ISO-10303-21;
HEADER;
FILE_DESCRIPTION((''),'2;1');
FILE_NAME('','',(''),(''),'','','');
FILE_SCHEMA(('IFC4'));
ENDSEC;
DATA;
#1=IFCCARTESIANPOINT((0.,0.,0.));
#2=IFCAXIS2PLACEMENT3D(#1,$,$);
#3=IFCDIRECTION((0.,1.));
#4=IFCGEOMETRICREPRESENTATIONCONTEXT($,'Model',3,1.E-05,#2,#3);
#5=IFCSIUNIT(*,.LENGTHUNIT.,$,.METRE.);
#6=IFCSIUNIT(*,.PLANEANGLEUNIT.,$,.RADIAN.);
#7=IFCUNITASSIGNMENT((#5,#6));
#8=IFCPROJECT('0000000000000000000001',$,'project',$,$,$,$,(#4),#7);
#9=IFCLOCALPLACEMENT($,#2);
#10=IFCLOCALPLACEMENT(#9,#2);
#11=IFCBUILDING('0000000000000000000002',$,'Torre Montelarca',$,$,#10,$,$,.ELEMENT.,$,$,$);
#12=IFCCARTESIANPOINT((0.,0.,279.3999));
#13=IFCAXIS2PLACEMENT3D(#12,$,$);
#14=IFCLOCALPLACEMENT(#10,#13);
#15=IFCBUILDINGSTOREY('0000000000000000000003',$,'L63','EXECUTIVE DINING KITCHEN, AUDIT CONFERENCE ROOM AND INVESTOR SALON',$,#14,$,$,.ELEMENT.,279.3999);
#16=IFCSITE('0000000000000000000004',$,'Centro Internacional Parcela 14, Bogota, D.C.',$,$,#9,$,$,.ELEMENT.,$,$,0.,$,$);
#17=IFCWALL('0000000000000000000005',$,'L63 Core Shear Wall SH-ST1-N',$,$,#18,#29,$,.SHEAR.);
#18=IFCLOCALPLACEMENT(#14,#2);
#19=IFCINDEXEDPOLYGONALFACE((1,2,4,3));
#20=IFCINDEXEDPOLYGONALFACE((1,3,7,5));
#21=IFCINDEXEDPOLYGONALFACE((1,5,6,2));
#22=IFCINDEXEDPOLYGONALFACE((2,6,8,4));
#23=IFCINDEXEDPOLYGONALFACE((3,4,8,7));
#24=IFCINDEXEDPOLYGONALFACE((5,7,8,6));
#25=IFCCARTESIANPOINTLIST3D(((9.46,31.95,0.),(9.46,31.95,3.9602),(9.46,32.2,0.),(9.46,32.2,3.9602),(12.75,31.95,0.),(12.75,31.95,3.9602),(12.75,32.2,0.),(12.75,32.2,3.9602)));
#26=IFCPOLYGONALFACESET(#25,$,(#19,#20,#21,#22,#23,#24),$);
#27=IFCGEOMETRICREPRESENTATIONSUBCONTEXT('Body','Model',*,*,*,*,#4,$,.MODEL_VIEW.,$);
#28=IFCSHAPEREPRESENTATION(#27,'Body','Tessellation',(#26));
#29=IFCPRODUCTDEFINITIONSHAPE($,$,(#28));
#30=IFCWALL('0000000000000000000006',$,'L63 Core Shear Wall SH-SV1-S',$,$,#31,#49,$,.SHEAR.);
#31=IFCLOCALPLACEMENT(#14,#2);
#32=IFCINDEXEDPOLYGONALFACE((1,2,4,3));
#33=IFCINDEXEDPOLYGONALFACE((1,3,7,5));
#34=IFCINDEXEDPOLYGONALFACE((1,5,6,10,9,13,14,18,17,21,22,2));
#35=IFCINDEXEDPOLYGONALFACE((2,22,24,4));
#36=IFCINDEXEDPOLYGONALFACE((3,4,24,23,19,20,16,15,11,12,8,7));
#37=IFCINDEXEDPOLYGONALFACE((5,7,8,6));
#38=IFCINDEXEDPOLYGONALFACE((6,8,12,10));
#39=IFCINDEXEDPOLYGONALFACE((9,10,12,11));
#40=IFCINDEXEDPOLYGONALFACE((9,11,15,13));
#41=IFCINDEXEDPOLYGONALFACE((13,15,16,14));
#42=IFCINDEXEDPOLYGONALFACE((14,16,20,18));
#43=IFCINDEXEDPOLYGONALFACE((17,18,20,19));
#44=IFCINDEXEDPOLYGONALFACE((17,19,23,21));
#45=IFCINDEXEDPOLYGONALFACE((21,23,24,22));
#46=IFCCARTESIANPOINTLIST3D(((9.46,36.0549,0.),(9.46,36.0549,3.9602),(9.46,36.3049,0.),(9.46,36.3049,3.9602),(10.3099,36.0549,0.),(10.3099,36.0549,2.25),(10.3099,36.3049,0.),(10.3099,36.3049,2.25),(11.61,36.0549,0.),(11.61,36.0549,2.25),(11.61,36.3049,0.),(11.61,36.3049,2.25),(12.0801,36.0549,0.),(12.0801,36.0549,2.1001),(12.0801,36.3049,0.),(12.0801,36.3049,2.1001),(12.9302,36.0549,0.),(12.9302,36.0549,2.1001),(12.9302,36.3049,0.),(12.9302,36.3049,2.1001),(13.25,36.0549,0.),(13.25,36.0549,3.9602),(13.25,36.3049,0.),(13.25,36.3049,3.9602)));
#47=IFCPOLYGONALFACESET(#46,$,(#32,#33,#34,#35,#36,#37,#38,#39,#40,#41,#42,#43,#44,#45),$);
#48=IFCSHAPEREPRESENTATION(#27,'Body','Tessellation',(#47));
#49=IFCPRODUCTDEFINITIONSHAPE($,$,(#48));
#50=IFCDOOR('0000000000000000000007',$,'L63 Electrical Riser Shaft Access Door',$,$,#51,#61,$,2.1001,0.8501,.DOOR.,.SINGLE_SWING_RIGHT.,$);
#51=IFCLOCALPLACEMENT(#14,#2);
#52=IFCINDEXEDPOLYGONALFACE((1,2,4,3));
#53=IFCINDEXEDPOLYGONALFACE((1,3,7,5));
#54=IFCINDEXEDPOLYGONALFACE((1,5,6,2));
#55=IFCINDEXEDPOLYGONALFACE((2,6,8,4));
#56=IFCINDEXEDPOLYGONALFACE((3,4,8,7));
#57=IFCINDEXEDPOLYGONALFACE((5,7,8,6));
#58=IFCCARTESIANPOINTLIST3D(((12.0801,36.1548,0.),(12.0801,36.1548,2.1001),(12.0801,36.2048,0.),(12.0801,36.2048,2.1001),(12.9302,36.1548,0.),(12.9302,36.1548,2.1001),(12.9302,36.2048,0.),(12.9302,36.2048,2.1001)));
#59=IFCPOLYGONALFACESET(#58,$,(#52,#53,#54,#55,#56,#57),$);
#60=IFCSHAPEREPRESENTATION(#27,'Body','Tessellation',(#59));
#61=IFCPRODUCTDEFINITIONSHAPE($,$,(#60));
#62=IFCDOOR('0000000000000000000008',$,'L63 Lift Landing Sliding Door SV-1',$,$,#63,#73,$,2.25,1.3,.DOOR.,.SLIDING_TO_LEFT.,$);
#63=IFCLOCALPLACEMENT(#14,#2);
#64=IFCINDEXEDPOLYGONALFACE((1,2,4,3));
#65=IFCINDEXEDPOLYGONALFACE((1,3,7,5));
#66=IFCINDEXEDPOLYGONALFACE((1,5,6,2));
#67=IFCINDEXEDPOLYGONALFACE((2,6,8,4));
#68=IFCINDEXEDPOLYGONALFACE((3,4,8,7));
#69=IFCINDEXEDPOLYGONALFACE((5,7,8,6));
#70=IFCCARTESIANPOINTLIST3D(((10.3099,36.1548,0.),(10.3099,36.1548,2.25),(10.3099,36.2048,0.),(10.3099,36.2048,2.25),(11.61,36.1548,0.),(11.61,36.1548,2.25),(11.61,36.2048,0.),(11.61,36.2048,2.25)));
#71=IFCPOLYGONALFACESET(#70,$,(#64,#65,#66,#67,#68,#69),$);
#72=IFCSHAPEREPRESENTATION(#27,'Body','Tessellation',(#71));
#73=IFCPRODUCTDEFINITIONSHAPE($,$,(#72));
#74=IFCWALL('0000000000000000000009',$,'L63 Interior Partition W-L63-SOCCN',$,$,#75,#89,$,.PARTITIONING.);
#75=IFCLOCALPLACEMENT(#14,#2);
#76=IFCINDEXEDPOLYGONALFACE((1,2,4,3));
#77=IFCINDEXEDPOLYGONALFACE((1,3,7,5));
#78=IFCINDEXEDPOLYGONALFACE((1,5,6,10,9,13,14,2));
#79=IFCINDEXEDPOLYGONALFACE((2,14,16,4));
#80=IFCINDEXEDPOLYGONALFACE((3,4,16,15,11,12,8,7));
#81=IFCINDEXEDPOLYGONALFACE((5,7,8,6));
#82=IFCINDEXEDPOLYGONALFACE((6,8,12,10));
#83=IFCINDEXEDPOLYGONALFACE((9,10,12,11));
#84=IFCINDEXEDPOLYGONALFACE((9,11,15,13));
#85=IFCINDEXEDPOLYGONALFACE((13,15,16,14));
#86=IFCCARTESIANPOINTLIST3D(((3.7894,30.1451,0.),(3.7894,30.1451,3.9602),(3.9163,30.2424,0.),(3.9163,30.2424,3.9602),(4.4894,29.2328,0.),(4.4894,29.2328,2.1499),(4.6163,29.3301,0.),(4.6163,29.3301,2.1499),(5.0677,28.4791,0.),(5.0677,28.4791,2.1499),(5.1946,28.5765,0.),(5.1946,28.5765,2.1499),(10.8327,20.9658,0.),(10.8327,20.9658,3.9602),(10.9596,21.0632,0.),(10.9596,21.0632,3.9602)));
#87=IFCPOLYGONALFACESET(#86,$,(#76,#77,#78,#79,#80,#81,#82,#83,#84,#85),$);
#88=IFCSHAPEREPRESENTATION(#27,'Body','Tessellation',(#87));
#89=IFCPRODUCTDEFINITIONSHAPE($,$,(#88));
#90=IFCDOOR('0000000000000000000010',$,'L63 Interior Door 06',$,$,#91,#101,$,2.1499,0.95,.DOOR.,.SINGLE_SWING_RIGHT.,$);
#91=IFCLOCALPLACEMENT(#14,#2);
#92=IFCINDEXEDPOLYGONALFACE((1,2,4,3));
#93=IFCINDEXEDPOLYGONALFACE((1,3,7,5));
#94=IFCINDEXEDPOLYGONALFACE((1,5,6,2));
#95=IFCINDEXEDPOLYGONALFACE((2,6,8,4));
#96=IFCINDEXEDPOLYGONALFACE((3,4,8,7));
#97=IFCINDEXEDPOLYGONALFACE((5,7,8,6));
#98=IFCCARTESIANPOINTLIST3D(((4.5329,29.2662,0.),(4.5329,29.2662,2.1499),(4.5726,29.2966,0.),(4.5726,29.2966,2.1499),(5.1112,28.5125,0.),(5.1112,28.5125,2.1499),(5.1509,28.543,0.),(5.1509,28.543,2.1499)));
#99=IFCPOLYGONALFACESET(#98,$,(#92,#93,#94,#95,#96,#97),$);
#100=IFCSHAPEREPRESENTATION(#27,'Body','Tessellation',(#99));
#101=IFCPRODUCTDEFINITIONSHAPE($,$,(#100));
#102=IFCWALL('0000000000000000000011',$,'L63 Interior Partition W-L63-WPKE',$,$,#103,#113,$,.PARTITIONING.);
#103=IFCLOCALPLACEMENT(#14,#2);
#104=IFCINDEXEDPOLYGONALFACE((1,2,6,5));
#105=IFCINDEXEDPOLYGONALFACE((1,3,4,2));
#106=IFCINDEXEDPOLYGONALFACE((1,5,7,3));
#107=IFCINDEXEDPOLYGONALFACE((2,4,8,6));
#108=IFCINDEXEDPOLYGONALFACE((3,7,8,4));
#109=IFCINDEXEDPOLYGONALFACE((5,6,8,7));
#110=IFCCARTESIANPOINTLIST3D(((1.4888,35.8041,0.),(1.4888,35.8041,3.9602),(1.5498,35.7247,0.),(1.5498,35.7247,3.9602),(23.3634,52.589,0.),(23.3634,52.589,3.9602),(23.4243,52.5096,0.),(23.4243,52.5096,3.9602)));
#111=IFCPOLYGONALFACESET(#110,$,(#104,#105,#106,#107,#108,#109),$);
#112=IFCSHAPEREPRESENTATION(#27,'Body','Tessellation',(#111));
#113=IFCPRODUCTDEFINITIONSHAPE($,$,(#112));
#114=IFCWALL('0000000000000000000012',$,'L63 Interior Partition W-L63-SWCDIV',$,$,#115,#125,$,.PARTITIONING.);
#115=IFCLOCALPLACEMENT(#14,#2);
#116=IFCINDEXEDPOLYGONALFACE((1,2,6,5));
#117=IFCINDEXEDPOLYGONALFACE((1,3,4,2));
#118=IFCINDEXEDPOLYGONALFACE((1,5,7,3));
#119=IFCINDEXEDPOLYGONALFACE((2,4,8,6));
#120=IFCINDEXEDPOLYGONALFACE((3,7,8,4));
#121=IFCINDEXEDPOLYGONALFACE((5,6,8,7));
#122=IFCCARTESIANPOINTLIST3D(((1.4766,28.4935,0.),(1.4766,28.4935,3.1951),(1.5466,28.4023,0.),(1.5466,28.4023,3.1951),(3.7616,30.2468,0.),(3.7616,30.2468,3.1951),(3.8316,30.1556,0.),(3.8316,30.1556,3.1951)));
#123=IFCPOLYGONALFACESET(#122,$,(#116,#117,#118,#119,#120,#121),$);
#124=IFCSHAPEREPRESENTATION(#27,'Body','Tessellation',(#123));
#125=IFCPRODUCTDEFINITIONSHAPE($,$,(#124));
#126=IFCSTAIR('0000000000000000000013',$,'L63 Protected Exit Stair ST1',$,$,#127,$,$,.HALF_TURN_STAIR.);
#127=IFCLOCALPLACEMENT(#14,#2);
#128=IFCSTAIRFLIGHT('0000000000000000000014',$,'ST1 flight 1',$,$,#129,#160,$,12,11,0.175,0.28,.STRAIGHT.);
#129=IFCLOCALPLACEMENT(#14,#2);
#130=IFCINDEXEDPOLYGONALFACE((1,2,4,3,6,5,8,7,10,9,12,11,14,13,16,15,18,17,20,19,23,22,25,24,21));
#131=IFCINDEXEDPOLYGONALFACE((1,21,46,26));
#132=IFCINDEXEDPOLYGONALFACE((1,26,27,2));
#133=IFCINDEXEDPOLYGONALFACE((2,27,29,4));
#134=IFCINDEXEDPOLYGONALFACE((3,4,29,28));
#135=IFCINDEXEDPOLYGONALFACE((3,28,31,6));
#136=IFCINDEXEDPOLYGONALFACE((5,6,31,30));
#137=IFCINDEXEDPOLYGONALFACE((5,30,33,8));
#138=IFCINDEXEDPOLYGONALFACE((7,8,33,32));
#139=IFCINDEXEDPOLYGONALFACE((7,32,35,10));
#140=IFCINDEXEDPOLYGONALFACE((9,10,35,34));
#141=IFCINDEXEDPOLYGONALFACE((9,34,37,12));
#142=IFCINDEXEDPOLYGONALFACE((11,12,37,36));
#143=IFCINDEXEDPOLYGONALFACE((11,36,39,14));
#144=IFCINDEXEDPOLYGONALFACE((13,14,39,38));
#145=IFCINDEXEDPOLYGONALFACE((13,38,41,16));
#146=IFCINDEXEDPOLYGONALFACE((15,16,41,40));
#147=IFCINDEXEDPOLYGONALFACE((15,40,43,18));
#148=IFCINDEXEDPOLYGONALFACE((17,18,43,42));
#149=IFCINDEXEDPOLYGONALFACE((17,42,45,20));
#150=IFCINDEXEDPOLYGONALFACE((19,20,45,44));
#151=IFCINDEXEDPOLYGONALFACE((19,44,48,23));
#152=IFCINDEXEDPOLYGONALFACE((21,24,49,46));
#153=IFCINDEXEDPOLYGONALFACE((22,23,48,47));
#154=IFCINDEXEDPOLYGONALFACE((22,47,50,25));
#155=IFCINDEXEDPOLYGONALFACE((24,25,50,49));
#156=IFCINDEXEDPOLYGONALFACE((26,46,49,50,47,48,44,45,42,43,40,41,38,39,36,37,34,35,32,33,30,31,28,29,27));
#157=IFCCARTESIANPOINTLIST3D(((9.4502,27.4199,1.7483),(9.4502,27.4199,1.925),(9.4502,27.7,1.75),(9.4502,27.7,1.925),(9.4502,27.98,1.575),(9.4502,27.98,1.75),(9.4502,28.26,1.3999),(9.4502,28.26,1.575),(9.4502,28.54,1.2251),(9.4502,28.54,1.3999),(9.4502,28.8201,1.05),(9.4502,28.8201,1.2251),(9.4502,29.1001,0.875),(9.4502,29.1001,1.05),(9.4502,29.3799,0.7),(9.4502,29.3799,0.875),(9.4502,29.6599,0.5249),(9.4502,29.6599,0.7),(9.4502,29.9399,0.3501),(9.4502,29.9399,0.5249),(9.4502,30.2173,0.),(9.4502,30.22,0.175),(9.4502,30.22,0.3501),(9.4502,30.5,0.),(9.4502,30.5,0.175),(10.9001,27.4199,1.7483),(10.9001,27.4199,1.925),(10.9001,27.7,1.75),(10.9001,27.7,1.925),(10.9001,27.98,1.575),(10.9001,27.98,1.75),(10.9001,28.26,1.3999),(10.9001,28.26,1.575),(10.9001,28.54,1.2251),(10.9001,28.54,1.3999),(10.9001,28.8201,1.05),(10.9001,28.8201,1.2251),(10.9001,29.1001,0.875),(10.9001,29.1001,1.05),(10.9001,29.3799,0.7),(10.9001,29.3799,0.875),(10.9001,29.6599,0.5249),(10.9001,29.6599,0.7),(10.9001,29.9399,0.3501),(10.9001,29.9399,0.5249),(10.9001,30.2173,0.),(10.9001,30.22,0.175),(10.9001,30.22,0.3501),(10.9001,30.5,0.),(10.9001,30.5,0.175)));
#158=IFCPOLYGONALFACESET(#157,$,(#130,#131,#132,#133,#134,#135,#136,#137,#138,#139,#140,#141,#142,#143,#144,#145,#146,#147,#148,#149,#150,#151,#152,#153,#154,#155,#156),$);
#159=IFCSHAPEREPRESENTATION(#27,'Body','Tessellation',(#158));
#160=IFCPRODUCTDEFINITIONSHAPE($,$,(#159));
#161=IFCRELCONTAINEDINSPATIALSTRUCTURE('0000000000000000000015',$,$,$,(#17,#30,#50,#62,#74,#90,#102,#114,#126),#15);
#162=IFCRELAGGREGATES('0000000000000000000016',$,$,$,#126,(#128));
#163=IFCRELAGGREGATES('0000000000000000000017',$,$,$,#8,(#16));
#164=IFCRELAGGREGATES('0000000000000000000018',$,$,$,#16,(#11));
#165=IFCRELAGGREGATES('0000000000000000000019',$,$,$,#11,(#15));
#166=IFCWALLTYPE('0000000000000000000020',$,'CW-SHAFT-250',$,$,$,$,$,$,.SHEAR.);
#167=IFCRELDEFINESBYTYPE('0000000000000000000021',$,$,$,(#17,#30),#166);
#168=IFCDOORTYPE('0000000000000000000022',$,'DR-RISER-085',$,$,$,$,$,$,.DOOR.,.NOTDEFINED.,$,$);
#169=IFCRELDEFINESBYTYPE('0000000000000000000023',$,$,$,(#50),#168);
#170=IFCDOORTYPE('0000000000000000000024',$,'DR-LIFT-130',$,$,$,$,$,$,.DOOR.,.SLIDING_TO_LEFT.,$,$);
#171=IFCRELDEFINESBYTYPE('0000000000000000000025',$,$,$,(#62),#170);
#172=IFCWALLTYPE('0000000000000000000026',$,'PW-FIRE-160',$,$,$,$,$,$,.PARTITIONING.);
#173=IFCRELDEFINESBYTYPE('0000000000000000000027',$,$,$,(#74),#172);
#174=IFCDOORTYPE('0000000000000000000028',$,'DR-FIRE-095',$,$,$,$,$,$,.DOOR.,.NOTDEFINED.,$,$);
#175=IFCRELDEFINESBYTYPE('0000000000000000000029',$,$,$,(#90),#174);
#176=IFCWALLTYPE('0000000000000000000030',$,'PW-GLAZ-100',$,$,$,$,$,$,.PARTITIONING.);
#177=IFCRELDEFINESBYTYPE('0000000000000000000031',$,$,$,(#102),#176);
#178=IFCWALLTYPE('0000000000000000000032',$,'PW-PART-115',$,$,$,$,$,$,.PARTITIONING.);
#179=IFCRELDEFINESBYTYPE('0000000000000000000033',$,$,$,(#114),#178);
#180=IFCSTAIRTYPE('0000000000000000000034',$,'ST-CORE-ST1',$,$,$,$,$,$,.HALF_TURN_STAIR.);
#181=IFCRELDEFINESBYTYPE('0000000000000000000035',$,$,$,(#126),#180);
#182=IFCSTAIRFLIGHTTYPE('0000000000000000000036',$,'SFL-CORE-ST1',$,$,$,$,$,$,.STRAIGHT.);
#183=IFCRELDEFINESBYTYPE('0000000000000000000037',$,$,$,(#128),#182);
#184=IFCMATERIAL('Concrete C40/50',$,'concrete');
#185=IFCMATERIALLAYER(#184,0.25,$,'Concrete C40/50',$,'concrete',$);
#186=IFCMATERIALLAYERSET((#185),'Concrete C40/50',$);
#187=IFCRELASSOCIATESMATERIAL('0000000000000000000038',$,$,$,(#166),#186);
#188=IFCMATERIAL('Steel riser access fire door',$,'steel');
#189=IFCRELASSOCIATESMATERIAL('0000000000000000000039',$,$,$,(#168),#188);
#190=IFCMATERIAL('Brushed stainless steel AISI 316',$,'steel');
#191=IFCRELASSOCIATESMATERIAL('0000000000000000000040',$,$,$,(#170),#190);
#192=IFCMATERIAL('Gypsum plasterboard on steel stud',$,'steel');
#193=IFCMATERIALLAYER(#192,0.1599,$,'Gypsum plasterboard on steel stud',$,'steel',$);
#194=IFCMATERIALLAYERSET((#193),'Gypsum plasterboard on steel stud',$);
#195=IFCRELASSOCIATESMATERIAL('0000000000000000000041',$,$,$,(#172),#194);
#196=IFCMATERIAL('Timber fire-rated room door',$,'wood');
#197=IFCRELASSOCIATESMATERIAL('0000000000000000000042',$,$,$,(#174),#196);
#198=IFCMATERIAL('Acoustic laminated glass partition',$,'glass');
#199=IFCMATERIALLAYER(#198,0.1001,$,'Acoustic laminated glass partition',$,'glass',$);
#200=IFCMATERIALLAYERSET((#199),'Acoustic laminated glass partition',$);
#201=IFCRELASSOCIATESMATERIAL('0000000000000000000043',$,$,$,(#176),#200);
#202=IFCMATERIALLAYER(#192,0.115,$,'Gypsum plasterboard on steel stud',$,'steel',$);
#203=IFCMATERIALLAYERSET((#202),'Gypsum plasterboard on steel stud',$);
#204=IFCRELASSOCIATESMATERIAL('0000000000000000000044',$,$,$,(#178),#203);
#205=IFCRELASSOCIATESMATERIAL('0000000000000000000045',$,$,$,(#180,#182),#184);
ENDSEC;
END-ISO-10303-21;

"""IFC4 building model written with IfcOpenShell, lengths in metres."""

from ifc_helpers import new_model, si_unit, direction, frame, frame_2d, origin, place, context, subcontext, project, spatial, polyline, rectangle, outline, extrude, source, transform, mapped, material, layer, layer_set, type_object, element, fill, aggregate, save


model = new_model("IFC4")

# Units and contexts
model_context = context("Model", 3, precision=1e-05, world=origin(), true_north=direction((0.0, 1.0)))
body_context = subcontext(model_context, "Body", "Model", "MODEL_VIEW")
ifc_project = project(units=[si_unit("LENGTHUNIT", "METRE"), si_unit("PLANEANGLEUNIT", "RADIAN")], contexts=[model_context])

# Site, building, storey
site_placement = place(None, origin())
site = spatial("IfcSite", under=ifc_project, at=site_placement, Name="Centro Internacional Parcela 14, Bogota, D.C.", CompositionType="ELEMENT", RefElevation=0.0)
building_placement = place(site_placement, origin())
building = spatial("IfcBuilding", under=site, at=building_placement, Name="Torre Montelarca", CompositionType="ELEMENT")
storey_placement = place(building_placement, frame((0.0, 0.0, 279.3999)))
storey = spatial("IfcBuildingStorey", under=building, at=storey_placement, Name="L63", Description="EXECUTIVE DINING KITCHEN, AUDIT CONFERENCE ROOM AND INVESTOR SALON", CompositionType="ELEMENT", Elevation=279.3999)

# Wall
ifc_material_1 = material(Name="Concrete C40/50", Category="concrete")
ifc_layer_1 = layer(ifc_material_1, 0.25, Name="Concrete C40/50", Category="concrete")
ifc_layer_set_1 = layer_set([ifc_layer_1], Name="Concrete C40/50")
wall_type_1 = type_object("IfcWallType", Name="CW-SHAFT-250", PredefinedType="SHEAR", material=ifc_layer_set_1)
wall_1_placement = place(storey_placement, frame((9.46, 32.075, 0.0), z_axis=(0.0, 0.0, 1.0), x_axis=(1.0, 0.0, 0.0)))
element("IfcWall", 1, at=wall_1_placement, inside=storey, type_object=wall_type_1, Name="L63 Core Shear Wall SH-ST1-N", PredefinedType="SHEAR", context=body_context, shape_type="SweptSolid", body=[
    extrude(rectangle(XDim=3.29, YDim=0.25, at=frame_2d((1.645, 0.0))), origin(), (0.0, 0.0, 1.0), 3.9602),
])

# Wall, openings, doors
wall_2_placement = place(storey_placement, frame((9.46, 36.1799, 0.0), z_axis=(0.0, 0.0, 1.0), x_axis=(1.0, 0.0, 0.0)))
wall_2 = element("IfcWall", 2, at=wall_2_placement, inside=storey, type_object=wall_type_1, Name="L63 Core Shear Wall SH-SV1-S", PredefinedType="SHEAR", context=body_context, shape_type="SweptSolid", body=[
    extrude(rectangle(XDim=3.79, YDim=0.25, at=frame_2d((1.895, 0.0))), origin(), (0.0, 0.0, 1.0), 3.9602),
])
opening_1_placement = place(wall_2_placement, frame((2.6201, 0.0, 0.0)))
opening_1 = element("IfcOpeningElement", 3, at=opening_1_placement, cuts=wall_2, PredefinedType="OPENING", context=body_context, shape_type="SweptSolid", body=[
    extrude(rectangle(XDim=0.8501, YDim=2.1001, at=frame_2d((0.425, 1.05))), frame((0.0, 0.135, 0.0), z_axis=(0.0, -1.0, 0.0), x_axis=(1.0, 0.0, 0.0)), (0.0, 0.0, 1.0), 0.27),
])
opening_2_placement = place(wall_2_placement, frame((0.8501, 0.0, 0.0)))
opening_2 = element("IfcOpeningElement", 4, at=opening_2_placement, cuts=wall_2, PredefinedType="OPENING", context=body_context, shape_type="SweptSolid", body=[
    extrude(rectangle(XDim=1.3, YDim=2.25, at=frame_2d((0.6499, 1.125))), frame((0.0, 0.135, 0.0), z_axis=(0.0, -1.0, 0.0), x_axis=(1.0, 0.0, 0.0)), (0.0, 0.0, 1.0), 0.27),
])
ifc_material_2 = material(Name="Steel riser access fire door", Category="steel")
door_type_1 = type_object("IfcDoorType", Name="DR-RISER-085", OperationType="NOTDEFINED", PredefinedType="DOOR", material=ifc_material_2)
shared_shape_1 = source(origin(), body_context, "Body", "SweptSolid", [
    extrude(rectangle(XDim=0.8501, YDim=2.1001, at=frame_2d((0.425, 1.05))), frame((0.0, 0.0249, 0.0), z_axis=(0.0, -1.0, 0.0), x_axis=(1.0, 0.0, 0.0)), (0.0, 0.0, 1.0), 0.05),
])
door_1_placement = place(opening_1_placement, origin())
door_1 = element("IfcDoor", 5, at=door_1_placement, inside=storey, type_object=door_type_1, Name="L63 Electrical Riser Shaft Access Door", OperationType="SINGLE_SWING_RIGHT", OverallHeight=2.1001, OverallWidth=0.8501, PredefinedType="DOOR", context=body_context, shape_type="MappedRepresentation", body=[
    mapped(shared_shape_1, transform((0.0, 0.0, 0.0), scale=1.0)),
])
fill(opening_1, door_1)
ifc_material_3 = material(Name="Brushed stainless steel AISI 316", Category="steel")
door_type_2 = type_object("IfcDoorType", Name="DR-LIFT-130", OperationType="SLIDING_TO_LEFT", PredefinedType="DOOR", material=ifc_material_3)
shared_shape_2 = source(origin(), body_context, "Body", "SweptSolid", [
    extrude(rectangle(XDim=1.3, YDim=2.25, at=frame_2d((0.6499, 1.125))), frame((0.0, 0.0249, 0.0), z_axis=(0.0, -1.0, 0.0), x_axis=(1.0, 0.0, 0.0)), (0.0, 0.0, 1.0), 0.05),
])
door_2_placement = place(opening_2_placement, origin())
door_2 = element("IfcDoor", 6, at=door_2_placement, inside=storey, type_object=door_type_2, Name="L63 Lift Landing Sliding Door SV-1", OperationType="SLIDING_TO_LEFT", OverallHeight=2.25, OverallWidth=1.3, PredefinedType="DOOR", context=body_context, shape_type="MappedRepresentation", body=[
    mapped(shared_shape_2, transform((0.0, 0.0, 0.0), scale=1.0)),
])
fill(opening_2, door_2)

# Wall, opening, door
ifc_material_4 = material(Name="Gypsum plasterboard on steel stud", Category="steel")
ifc_layer_2 = layer(ifc_material_4, 0.1599, Name="Gypsum plasterboard on steel stud", Category="steel")
ifc_layer_set_2 = layer_set([ifc_layer_2], Name="Gypsum plasterboard on steel stud")
wall_type_2 = type_object("IfcWallType", Name="PW-FIRE-160", PredefinedType="PARTITIONING", material=ifc_layer_set_2)
wall_3_placement = place(storey_placement, frame((3.8528, 30.1938, 0.0), z_axis=(0.0, 0.0, 1.0), x_axis=(0.608749, -0.793363, 0.0)))
wall_3 = element("IfcWall", 7, at=wall_3_placement, inside=storey, type_object=wall_type_2, Name="L63 Interior Partition W-L63-SOCCN", PredefinedType="PARTITIONING", context=body_context, shape_type="SweptSolid", body=[
    extrude(rectangle(XDim=11.5701, YDim=0.1599, at=frame_2d((5.7852, 0.0))), origin(), (0.0, 0.0, 1.0), 3.9602),
])
opening_3_placement = place(wall_3_placement, frame((1.1499, 0.0, 0.0)))
opening_3 = element("IfcOpeningElement", 8, at=opening_3_placement, cuts=wall_3, PredefinedType="OPENING", context=body_context, shape_type="SweptSolid", body=[
    extrude(rectangle(XDim=0.95, YDim=2.1499, at=frame_2d((0.4751, 1.075))), frame((0.0, 0.0898, 0.0), z_axis=(0.0, -1.0, 0.0), x_axis=(1.0, 0.0, 0.0)), (0.0, 0.0, 1.0), 0.1799),
])
ifc_material_5 = material(Name="Timber fire-rated room door", Category="wood")
door_type_3 = type_object("IfcDoorType", Name="DR-FIRE-095", OperationType="NOTDEFINED", PredefinedType="DOOR", material=ifc_material_5)
shared_shape_3 = source(origin(), body_context, "Body", "SweptSolid", [
    extrude(rectangle(XDim=0.95, YDim=2.1499, at=frame_2d((0.4751, 1.075))), frame((0.0, 0.0249, 0.0), z_axis=(0.0, -1.0, 0.0), x_axis=(1.0, 0.0, 0.0)), (0.0, 0.0, 1.0), 0.05),
])
door_3_placement = place(opening_3_placement, origin())
door_3 = element("IfcDoor", 9, at=door_3_placement, inside=storey, type_object=door_type_3, Name="L63 Interior Door 06", OperationType="SINGLE_SWING_RIGHT", OverallHeight=2.1499, OverallWidth=0.95, PredefinedType="DOOR", context=body_context, shape_type="MappedRepresentation", body=[
    mapped(shared_shape_3, transform((0.0, 0.0, 0.0), scale=1.0)),
])
fill(opening_3, door_3)

# Walls
ifc_material_6 = material(Name="Acoustic laminated glass partition", Category="glass")
ifc_layer_3 = layer(ifc_material_6, 0.1001, Name="Acoustic laminated glass partition", Category="glass")
ifc_layer_set_3 = layer_set([ifc_layer_3], Name="Acoustic laminated glass partition")
wall_type_3 = type_object("IfcWallType", Name="PW-GLAZ-100", PredefinedType="PARTITIONING", material=ifc_layer_set_3)
wall_4_placement = place(storey_placement, frame((1.5193, 35.7644, 0.0), z_axis=(0.0, 0.0, 1.0), x_axis=(0.793353, 0.608762, 0.0)))
element("IfcWall", 10, at=wall_4_placement, inside=storey, type_object=wall_type_3, Name="L63 Interior Partition W-L63-WPKE", PredefinedType="PARTITIONING", context=body_context, shape_type="SweptSolid", body=[
    extrude(rectangle(XDim=27.5723, YDim=0.1001, at=frame_2d((13.7861, 0.0))), origin(), (0.0, 0.0, 1.0), 3.9602),
])
ifc_layer_4 = layer(ifc_material_4, 0.115, Name="Gypsum plasterboard on steel stud", Category="steel")
ifc_layer_set_4 = layer_set([ifc_layer_4], Name="Gypsum plasterboard on steel stud")
wall_type_4 = type_object("IfcWallType", Name="PW-PART-115", PredefinedType="PARTITIONING", material=ifc_layer_set_4)
wall_5_placement = place(storey_placement, frame((1.5117, 28.448, 0.0), z_axis=(0.0, 0.0, 1.0), x_axis=(0.79337, 0.608739, 0.0)))
element("IfcWall", 11, at=wall_5_placement, inside=storey, type_object=wall_type_4, Name="L63 Interior Partition W-L63-SWCDIV", PredefinedType="PARTITIONING", context=body_context, shape_type="SweptSolid", body=[
    extrude(rectangle(XDim=2.8801, YDim=0.115, at=frame_2d((1.4399, 0.0))), origin(), (0.0, 0.0, 1.0), 3.1951),
])

# Stair, stair flight
stair_type = type_object("IfcStairType", Name="ST-CORE-ST1", PredefinedType="HALF_TURN_STAIR", material=ifc_material_1)
stair_placement = place(storey_placement, origin())
stair = element("IfcStair", 12, at=stair_placement, inside=storey, type_object=stair_type, Name="L63 Protected Exit Stair ST1", PredefinedType="HALF_TURN_STAIR")
stair_flight_type = type_object("IfcStairFlightType", Name="SFL-CORE-ST1", PredefinedType="STRAIGHT", material=ifc_material_1)
stair_flight_placement = place(storey_placement, frame((10.175, 30.5, 0.0), z_axis=(0.0, 0.0, 1.0), x_axis=(0.0, -1.0, 0.0)))
stair_flight = element("IfcStairFlight", 13, at=stair_flight_placement, type_object=stair_flight_type, Name="ST1 flight 1", NumberOfRisers=12, NumberOfTreads=11, PredefinedType="STRAIGHT", RiserHeight=0.175, TreadLength=0.28, context=body_context, shape_type="SweptSolid", body=[
    extrude(outline(polyline([(0.0, 0.0), (0.0, 0.175), (0.28, 0.175), (0.28, 0.3501), (0.5601, 0.3501), (0.5601, 0.5249), (0.8401, 0.5249), (0.8401, 0.7), (1.1201, 0.7), (1.1201, 0.875), (1.3999, 0.875), (1.3999, 1.05), (1.6799, 1.05), (1.6799, 1.2251), (1.96, 1.2251), (1.96, 1.3999), (2.24, 1.3999), (2.24, 1.575), (2.52, 1.575), (2.52, 1.75), (2.8, 1.75), (2.8, 1.925), (3.0801, 1.925), (3.0801, 2.1001), (3.0801, 1.7483), (0.2827, 0.0), (0.0, 0.0)])), frame((0.0, 0.7251, 0.0), z_axis=(0.0, -1.0, 0.0), x_axis=(1.0, 0.0, 0.0)), (0.0, 0.0, 1.0), 1.45),
])
aggregate(stair, [stair_flight])

save(model, "model.ifc")
